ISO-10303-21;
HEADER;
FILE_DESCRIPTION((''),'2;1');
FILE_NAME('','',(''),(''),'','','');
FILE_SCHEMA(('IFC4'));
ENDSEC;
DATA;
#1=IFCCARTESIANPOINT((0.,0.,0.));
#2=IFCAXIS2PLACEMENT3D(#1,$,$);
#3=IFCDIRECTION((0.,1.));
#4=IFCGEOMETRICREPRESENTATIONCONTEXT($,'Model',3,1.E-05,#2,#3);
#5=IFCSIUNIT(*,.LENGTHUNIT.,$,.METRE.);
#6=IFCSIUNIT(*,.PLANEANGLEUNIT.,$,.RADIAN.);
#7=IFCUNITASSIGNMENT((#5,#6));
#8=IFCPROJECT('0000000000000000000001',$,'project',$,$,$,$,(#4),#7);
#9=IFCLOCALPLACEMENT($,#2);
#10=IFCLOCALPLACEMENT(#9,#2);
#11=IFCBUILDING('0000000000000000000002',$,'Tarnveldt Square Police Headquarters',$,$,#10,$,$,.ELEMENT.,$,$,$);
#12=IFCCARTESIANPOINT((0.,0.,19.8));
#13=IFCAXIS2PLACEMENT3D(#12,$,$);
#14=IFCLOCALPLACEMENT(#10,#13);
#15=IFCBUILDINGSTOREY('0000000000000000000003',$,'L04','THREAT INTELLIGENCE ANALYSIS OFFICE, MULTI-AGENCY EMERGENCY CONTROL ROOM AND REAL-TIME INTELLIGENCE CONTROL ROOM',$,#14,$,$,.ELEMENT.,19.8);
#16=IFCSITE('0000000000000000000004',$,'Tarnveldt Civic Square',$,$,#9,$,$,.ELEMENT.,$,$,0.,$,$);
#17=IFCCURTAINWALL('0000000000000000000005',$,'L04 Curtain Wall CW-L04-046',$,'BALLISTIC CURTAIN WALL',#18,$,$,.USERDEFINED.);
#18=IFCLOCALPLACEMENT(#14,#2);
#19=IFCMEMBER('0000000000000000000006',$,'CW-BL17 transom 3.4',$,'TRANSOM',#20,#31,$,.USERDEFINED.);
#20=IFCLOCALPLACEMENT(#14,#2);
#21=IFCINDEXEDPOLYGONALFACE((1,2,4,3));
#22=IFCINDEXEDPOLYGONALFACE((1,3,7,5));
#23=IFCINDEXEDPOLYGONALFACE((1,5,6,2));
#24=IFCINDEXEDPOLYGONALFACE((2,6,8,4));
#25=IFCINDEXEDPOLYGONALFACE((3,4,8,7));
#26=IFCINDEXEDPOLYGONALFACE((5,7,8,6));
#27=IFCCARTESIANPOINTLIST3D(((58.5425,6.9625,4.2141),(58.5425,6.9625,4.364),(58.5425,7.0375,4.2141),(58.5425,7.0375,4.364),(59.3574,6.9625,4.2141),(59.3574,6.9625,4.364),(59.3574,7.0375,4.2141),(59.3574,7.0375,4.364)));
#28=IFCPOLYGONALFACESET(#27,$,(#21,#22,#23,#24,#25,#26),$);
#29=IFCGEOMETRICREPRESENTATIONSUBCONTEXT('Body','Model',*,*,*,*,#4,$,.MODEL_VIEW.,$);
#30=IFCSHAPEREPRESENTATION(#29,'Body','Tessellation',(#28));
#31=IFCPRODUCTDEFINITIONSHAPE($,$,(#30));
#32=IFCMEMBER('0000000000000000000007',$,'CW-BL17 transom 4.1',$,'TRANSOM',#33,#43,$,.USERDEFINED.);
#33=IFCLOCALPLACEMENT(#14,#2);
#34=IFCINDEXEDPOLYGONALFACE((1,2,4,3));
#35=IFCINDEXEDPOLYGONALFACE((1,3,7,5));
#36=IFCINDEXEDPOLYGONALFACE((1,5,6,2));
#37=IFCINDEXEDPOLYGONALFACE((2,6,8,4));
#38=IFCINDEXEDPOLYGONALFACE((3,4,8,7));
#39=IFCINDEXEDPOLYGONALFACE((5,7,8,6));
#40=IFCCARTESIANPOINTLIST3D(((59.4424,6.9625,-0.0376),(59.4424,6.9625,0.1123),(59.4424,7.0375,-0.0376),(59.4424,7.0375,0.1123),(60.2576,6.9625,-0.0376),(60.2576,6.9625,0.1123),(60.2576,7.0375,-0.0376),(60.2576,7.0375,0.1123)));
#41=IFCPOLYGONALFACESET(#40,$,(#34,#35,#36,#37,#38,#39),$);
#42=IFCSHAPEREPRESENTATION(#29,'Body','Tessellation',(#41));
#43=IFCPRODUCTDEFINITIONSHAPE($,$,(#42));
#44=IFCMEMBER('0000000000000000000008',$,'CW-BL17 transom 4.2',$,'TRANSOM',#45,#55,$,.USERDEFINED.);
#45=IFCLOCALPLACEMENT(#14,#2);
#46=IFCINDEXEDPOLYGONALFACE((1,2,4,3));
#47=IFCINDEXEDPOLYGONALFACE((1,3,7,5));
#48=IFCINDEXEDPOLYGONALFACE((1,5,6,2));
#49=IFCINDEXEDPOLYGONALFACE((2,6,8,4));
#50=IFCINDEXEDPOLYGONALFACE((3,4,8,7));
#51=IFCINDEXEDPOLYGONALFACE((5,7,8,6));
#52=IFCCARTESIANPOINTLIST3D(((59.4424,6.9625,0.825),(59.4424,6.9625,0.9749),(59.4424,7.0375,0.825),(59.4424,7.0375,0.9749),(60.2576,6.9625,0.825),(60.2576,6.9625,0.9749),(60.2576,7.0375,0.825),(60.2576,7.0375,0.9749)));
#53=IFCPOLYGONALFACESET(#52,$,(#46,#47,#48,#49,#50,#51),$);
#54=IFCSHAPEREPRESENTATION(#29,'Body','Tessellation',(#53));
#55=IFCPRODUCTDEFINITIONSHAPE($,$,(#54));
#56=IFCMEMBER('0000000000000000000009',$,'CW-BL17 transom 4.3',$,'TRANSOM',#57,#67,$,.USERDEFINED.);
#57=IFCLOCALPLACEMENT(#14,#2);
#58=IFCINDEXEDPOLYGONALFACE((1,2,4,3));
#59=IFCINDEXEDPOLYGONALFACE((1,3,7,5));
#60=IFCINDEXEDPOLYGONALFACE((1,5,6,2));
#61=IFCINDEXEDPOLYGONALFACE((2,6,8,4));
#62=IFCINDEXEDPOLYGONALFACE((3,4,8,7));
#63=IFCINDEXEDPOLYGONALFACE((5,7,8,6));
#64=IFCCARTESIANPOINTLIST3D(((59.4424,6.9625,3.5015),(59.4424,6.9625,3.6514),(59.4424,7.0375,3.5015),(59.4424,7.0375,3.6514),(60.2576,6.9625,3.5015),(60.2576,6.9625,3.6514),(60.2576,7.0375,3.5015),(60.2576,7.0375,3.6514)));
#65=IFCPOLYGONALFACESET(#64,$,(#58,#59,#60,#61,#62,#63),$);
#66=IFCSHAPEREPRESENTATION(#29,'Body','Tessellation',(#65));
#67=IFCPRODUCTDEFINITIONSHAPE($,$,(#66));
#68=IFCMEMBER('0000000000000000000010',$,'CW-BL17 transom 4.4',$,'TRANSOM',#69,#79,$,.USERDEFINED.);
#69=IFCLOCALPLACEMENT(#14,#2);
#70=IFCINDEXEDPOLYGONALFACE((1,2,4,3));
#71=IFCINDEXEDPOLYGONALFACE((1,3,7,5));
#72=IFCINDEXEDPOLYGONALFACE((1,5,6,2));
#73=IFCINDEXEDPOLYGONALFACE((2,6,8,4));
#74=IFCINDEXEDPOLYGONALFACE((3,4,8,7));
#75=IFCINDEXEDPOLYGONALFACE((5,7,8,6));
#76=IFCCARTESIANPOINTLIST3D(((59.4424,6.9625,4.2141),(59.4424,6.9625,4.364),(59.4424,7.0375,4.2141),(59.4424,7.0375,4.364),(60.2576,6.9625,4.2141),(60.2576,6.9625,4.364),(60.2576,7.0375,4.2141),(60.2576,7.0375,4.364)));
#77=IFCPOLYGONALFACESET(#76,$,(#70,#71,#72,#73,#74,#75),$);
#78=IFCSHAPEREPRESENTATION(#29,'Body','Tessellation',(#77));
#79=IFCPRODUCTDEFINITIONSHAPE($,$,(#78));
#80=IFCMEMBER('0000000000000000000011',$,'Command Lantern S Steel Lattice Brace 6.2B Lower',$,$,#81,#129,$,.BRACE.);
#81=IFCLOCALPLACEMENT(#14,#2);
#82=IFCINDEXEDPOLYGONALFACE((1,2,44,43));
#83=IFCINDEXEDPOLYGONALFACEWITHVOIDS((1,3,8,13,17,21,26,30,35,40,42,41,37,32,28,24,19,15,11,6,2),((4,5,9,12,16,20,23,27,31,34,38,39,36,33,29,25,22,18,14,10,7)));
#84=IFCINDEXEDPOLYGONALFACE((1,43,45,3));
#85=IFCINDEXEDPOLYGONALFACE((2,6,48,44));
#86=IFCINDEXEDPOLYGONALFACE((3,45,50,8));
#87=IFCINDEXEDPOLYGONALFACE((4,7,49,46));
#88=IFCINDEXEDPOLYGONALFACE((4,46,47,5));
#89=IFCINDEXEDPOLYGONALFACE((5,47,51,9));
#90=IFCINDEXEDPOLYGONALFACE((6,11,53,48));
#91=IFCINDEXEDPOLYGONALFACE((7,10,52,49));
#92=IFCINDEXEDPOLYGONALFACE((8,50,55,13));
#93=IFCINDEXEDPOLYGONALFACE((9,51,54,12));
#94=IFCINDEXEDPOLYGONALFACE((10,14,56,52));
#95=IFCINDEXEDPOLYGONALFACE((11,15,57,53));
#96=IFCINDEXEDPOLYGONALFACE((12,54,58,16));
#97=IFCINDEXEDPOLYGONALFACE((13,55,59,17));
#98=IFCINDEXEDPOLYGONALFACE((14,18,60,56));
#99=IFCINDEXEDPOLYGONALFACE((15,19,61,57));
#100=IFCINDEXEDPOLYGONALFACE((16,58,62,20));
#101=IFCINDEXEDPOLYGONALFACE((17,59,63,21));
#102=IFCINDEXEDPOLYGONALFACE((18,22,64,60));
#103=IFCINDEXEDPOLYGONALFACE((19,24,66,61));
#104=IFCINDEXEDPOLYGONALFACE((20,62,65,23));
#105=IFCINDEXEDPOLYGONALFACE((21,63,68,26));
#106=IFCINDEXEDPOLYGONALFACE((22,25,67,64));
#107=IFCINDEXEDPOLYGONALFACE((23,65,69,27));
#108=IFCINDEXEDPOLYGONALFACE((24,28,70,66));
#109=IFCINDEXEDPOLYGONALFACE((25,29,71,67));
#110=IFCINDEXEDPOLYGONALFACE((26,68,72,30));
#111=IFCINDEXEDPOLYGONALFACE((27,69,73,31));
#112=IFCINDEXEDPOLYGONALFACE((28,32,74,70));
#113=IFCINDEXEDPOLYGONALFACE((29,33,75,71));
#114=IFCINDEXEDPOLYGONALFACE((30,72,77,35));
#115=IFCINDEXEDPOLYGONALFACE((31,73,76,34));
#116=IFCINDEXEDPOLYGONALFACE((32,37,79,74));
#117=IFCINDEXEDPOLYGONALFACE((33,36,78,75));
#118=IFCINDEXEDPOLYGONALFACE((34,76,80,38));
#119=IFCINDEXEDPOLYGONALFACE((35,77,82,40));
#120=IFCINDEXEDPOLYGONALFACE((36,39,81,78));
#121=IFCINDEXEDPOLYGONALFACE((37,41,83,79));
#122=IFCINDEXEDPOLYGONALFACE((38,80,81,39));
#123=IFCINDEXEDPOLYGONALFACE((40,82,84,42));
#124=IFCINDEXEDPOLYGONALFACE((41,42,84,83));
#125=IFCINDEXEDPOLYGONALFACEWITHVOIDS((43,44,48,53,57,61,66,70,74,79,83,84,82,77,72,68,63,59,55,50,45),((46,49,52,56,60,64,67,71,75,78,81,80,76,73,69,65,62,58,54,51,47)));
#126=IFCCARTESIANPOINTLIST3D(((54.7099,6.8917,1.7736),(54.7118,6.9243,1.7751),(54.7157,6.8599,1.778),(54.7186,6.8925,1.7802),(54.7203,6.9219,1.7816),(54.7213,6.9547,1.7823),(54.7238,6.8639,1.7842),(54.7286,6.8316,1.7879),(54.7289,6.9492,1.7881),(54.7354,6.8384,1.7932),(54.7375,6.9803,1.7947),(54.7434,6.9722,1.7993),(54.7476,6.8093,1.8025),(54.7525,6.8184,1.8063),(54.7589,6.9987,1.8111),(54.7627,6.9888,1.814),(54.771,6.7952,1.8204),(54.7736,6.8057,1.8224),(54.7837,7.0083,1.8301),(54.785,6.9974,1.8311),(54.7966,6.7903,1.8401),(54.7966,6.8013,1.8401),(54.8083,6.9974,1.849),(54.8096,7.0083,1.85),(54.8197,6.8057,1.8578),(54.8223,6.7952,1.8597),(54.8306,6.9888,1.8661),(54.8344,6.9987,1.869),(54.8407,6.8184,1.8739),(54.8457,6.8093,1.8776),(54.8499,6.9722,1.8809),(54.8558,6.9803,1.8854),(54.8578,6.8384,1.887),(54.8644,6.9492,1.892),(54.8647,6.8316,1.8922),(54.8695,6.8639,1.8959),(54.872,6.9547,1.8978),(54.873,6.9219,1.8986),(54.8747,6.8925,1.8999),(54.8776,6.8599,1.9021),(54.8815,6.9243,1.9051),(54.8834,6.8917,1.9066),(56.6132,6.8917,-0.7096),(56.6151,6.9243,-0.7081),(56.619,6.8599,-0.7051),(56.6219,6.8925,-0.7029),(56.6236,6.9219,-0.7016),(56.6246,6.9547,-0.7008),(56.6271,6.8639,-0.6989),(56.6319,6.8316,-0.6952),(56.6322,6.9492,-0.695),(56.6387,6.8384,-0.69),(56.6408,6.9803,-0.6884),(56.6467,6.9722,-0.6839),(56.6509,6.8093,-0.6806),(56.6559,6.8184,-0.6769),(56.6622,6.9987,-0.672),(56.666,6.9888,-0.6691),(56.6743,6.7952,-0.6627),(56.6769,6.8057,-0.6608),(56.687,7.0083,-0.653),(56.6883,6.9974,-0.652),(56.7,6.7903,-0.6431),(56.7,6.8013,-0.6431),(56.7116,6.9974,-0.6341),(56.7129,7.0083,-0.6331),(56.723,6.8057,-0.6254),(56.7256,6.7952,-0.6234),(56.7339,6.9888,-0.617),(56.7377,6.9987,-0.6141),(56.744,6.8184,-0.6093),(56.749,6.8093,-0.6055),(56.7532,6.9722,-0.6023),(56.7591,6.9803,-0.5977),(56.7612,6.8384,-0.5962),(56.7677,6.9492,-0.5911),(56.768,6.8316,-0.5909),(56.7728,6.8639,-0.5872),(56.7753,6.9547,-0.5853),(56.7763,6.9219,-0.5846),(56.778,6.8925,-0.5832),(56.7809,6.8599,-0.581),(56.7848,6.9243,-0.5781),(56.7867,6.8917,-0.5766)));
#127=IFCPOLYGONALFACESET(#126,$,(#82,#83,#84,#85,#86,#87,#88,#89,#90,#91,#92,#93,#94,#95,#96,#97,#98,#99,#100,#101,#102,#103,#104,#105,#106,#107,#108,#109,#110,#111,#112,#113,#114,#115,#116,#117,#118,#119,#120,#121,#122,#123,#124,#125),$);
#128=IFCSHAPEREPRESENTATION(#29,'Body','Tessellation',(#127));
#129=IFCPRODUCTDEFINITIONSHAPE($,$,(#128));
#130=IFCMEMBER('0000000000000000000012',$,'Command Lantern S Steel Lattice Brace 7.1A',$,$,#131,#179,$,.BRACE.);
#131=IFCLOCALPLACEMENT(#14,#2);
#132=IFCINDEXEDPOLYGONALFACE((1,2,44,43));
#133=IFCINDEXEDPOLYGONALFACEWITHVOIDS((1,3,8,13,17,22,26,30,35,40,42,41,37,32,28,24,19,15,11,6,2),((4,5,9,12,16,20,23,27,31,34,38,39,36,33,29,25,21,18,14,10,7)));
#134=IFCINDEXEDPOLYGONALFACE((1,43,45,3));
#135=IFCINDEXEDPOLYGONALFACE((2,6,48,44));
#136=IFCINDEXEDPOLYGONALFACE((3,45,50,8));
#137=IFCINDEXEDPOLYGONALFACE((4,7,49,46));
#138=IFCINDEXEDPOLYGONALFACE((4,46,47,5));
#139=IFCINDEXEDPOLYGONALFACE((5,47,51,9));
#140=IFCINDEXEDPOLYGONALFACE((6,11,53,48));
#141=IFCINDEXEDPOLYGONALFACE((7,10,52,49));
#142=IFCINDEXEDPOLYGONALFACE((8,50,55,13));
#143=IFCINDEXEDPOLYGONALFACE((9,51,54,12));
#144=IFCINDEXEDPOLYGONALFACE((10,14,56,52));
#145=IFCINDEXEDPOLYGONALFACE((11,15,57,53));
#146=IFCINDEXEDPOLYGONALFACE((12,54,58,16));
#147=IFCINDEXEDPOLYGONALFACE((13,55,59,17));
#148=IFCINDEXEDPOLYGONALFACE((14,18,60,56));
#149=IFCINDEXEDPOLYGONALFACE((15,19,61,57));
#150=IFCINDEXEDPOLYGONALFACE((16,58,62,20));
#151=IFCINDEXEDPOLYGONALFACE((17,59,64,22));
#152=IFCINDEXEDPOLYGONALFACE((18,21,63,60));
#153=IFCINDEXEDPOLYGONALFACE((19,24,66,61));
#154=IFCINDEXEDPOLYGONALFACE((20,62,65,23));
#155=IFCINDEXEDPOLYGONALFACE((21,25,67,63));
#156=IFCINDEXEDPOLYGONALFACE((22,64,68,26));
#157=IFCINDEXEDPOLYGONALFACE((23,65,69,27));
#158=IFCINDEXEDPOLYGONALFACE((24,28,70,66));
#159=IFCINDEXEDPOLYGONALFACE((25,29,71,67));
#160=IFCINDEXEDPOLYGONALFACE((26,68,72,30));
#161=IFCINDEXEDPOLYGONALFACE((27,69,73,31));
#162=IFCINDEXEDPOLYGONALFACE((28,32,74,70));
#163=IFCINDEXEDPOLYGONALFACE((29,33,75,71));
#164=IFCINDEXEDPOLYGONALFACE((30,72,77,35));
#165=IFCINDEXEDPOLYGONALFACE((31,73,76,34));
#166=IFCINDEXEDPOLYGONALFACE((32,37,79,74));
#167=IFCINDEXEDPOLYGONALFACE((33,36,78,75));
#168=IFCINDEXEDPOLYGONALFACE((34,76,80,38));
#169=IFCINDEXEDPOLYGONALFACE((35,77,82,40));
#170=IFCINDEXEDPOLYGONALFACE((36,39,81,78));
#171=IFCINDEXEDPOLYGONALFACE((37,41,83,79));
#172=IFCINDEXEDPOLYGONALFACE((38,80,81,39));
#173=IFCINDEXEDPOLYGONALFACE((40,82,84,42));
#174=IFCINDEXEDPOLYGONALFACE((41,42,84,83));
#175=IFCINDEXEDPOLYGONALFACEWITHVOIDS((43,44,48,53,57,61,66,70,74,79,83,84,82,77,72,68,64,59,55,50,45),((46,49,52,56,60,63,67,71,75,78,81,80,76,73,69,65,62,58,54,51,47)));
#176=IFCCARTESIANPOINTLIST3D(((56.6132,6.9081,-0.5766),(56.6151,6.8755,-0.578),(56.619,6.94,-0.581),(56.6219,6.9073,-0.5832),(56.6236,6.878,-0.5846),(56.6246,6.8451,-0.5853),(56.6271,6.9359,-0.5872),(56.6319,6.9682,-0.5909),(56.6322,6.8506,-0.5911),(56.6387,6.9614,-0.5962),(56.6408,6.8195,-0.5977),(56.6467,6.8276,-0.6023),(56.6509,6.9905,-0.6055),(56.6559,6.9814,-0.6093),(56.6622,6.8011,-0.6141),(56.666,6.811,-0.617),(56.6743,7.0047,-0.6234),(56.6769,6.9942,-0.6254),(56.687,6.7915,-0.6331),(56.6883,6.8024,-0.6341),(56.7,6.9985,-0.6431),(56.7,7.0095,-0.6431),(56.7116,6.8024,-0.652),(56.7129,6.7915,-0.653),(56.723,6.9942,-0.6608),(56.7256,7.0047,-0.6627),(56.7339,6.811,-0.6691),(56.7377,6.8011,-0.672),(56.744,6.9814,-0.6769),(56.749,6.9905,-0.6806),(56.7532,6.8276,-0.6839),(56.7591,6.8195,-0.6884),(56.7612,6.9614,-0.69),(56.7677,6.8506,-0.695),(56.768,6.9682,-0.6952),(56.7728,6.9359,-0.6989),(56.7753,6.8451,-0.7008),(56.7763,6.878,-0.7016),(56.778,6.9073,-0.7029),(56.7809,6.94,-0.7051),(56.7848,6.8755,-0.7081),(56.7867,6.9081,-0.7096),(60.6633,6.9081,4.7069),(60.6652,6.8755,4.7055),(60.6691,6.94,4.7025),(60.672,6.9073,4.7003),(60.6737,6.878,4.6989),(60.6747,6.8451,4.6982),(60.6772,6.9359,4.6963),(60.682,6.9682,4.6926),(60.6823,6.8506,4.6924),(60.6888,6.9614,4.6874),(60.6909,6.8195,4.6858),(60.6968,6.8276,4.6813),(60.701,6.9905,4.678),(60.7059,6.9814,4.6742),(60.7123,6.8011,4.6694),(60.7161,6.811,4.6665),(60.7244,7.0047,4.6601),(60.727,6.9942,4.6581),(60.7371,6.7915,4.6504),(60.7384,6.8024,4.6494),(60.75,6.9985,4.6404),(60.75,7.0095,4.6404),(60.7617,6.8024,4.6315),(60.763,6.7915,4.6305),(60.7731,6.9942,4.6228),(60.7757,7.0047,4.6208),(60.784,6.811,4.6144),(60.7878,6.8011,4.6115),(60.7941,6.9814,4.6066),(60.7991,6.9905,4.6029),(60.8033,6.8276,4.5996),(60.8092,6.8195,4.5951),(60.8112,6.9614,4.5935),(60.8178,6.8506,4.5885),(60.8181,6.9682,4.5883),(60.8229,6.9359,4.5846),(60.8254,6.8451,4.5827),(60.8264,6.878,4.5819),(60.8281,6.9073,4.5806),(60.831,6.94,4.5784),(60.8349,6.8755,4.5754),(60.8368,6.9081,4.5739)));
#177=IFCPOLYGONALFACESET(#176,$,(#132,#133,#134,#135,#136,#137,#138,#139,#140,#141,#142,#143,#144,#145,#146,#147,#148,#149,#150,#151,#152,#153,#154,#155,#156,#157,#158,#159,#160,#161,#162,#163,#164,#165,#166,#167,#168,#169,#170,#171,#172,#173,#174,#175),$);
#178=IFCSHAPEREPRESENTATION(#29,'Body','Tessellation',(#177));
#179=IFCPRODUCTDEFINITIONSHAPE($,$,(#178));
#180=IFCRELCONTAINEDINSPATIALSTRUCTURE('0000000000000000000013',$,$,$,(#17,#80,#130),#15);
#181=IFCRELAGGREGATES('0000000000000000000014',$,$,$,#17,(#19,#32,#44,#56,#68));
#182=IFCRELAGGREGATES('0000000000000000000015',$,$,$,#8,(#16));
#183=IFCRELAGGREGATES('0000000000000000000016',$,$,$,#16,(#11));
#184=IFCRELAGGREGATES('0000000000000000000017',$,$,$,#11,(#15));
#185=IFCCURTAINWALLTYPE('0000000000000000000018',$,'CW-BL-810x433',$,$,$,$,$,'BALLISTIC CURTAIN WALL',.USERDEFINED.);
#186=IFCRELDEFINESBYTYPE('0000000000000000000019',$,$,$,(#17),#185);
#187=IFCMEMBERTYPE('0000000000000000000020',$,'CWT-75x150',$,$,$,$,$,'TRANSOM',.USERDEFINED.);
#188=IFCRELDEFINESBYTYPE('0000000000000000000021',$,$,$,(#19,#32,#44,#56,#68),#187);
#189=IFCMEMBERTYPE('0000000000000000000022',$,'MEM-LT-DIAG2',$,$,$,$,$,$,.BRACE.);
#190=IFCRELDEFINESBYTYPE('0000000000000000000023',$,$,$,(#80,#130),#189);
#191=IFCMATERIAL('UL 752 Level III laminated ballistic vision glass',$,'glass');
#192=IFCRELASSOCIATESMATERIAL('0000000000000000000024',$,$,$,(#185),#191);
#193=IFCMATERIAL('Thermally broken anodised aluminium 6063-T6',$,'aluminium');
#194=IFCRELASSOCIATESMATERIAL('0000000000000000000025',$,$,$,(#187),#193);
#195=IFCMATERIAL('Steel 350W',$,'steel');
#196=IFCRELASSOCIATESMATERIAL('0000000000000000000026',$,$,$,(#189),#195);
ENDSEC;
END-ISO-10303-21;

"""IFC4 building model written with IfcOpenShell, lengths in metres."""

from ifc_helpers import new_model, si_unit, direction, frame, origin, origin_2d, place, context, subcontext, project, spatial, rectangle, hollow_circle, extrude, material, material_profile, profile_set, type_object, element, aggregate, save


model = new_model("IFC4")

# Units and contexts
model_context = context("Model", 3, precision=1e-05, world=origin(), true_north=direction((0.0, 1.0)))
body_context = subcontext(model_context, "Body", "Model", "MODEL_VIEW")
ifc_project = project(units=[si_unit("LENGTHUNIT", "METRE"), si_unit("PLANEANGLEUNIT", "RADIAN")], contexts=[model_context])

# Site, building, storey
site_placement = place(None, origin())
site = spatial("IfcSite", under=ifc_project, at=site_placement, Name="Tarnveldt Civic Square", CompositionType="ELEMENT", RefElevation=0.0)
building_placement = place(site_placement, origin())
building = spatial("IfcBuilding", under=site, at=building_placement, Name="Tarnveldt Square Police Headquarters", CompositionType="ELEMENT")
storey_placement = place(building_placement, frame((0.0, 0.0, 19.8)))
storey = spatial("IfcBuildingStorey", under=building, at=storey_placement, Name="L04", Description="THREAT INTELLIGENCE ANALYSIS OFFICE, MULTI-AGENCY EMERGENCY CONTROL ROOM AND REAL-TIME INTELLIGENCE CONTROL ROOM", CompositionType="ELEMENT", Elevation=19.8)

# Curtain wall, members
ifc_material_1 = material(Name="UL 752 Level III laminated ballistic vision glass", Category="glass")
curtain_wall_type = type_object("IfcCurtainWallType", Name="CW-BL-810x433", ElementType="BALLISTIC CURTAIN WALL", PredefinedType="USERDEFINED", material=ifc_material_1)
curtain_wall_placement = place(storey_placement, origin())
curtain_wall = element("IfcCurtainWall", 1, at=curtain_wall_placement, inside=storey, type_object=curtain_wall_type, Name="L04 Curtain Wall CW-L04-046", ObjectType="BALLISTIC CURTAIN WALL", PredefinedType="USERDEFINED")
ifc_material_2 = material(Name="Thermally broken anodised aluminium 6063-T6", Category="aluminium")
ifc_material_profile_1 = material_profile(ifc_material_2, rectangle(XDim=0.075, YDim=0.1499, at=origin_2d()), Name="CW-T75x150")
ifc_profile_set_1 = profile_set([ifc_material_profile_1], Name="Thermally broken anodised aluminium 6063-T6")
member_type_1 = type_object("IfcMemberType", Name="CWT-75x150", ElementType="TRANSOM", PredefinedType="USERDEFINED", material=ifc_profile_set_1)
member_1_placement = place(storey_placement, frame((58.5425, 7.0, 4.2891), z_axis=(1.0, 0.0, 0.0), x_axis=(0.0, 1.0, 0.0)))
member_1 = element("IfcMember", 2, at=member_1_placement, type_object=member_type_1, Name="CW-BL17 transom 3.4", ObjectType="TRANSOM", PredefinedType="USERDEFINED", context=body_context, shape_type="SweptSolid", body=[
    extrude(rectangle(XDim=0.075, YDim=0.1499, at=origin_2d()), origin(), (0.0, 0.0, 1.0), 0.8149),
])
member_2_placement = place(storey_placement, frame((59.4424, 7.0, 0.0374), z_axis=(1.0, 0.0, 0.0), x_axis=(0.0, 1.0, 0.0)))
member_2 = element("IfcMember", 3, at=member_2_placement, type_object=member_type_1, Name="CW-BL17 transom 4.1", ObjectType="TRANSOM", PredefinedType="USERDEFINED", context=body_context, shape_type="SweptSolid", body=[
    extrude(rectangle(XDim=0.075, YDim=0.1499, at=origin_2d()), origin(), (0.0, 0.0, 1.0), 0.8152),
])
member_3_placement = place(storey_placement, frame((59.4424, 7.0, 0.8999), z_axis=(1.0, 0.0, 0.0), x_axis=(0.0, 1.0, 0.0)))
member_3 = element("IfcMember", 4, at=member_3_placement, type_object=member_type_1, Name="CW-BL17 transom 4.2", ObjectType="TRANSOM", PredefinedType="USERDEFINED", context=body_context, shape_type="SweptSolid", body=[
    extrude(rectangle(XDim=0.075, YDim=0.1499, at=origin_2d()), origin(), (0.0, 0.0, 1.0), 0.8152),
])
member_4_placement = place(storey_placement, frame((59.4424, 7.0, 3.5764), z_axis=(1.0, 0.0, 0.0), x_axis=(0.0, 1.0, 0.0)))
member_4 = element("IfcMember", 5, at=member_4_placement, type_object=member_type_1, Name="CW-BL17 transom 4.3", ObjectType="TRANSOM", PredefinedType="USERDEFINED", context=body_context, shape_type="SweptSolid", body=[
    extrude(rectangle(XDim=0.075, YDim=0.1499, at=origin_2d()), origin(), (0.0, 0.0, 1.0), 0.8152),
])
member_5_placement = place(storey_placement, frame((59.4424, 7.0, 4.2891), z_axis=(1.0, 0.0, 0.0), x_axis=(0.0, 1.0, 0.0)))
member_5 = element("IfcMember", 6, at=member_5_placement, type_object=member_type_1, Name="CW-BL17 transom 4.4", ObjectType="TRANSOM", PredefinedType="USERDEFINED", context=body_context, shape_type="SweptSolid", body=[
    extrude(rectangle(XDim=0.075, YDim=0.1499, at=origin_2d()), origin(), (0.0, 0.0, 1.0), 0.8152),
])

# Members
ifc_material_3 = material(Name="Steel 350W", Category="steel")
ifc_material_profile_2 = material_profile(ifc_material_3, hollow_circle(Radius=0.1096, WallThickness=0.011, at=origin_2d()), Name="HSS219x11")
ifc_profile_set_2 = profile_set([ifc_material_profile_2], Name="Steel 350W")
member_type_2 = type_object("IfcMemberType", Name="MEM-LT-DIAG2", PredefinedType="BRACE", material=ifc_profile_set_2)
member_6_placement = place(storey_placement, frame((56.7, 6.8999, -0.6431), z_axis=(-0.608345, 0.0, 0.793673), x_axis=(0.0, -1.0, 0.0)))
element("IfcMember", 7, at=member_6_placement, inside=storey, type_object=member_type_2, Name="Command Lantern S Steel Lattice Brace 6.2B Lower", PredefinedType="BRACE", context=body_context, shape_type="SweptSolid", body=[
    extrude(hollow_circle(Radius=0.1096, WallThickness=0.011, at=origin_2d()), origin(), (0.0, 0.0, 1.0), 3.1287),
])
member_7_placement = place(storey_placement, frame((56.7, 6.8999, -0.6431), z_axis=(0.608375, 0.0, 0.793649), x_axis=(0.0, 1.0, 0.0)))
element("IfcMember", 8, at=member_7_placement, inside=storey, type_object=member_type_2, Name="Command Lantern S Steel Lattice Brace 7.1A", PredefinedType="BRACE", context=body_context, shape_type="SweptSolid", body=[
    extrude(hollow_circle(Radius=0.1096, WallThickness=0.011, at=origin_2d()), origin(), (0.0, 0.0, 1.0), 6.6572),
])

aggregate(curtain_wall, [member_1, member_2, member_3, member_4, member_5])

save(model, "model.ifc")
